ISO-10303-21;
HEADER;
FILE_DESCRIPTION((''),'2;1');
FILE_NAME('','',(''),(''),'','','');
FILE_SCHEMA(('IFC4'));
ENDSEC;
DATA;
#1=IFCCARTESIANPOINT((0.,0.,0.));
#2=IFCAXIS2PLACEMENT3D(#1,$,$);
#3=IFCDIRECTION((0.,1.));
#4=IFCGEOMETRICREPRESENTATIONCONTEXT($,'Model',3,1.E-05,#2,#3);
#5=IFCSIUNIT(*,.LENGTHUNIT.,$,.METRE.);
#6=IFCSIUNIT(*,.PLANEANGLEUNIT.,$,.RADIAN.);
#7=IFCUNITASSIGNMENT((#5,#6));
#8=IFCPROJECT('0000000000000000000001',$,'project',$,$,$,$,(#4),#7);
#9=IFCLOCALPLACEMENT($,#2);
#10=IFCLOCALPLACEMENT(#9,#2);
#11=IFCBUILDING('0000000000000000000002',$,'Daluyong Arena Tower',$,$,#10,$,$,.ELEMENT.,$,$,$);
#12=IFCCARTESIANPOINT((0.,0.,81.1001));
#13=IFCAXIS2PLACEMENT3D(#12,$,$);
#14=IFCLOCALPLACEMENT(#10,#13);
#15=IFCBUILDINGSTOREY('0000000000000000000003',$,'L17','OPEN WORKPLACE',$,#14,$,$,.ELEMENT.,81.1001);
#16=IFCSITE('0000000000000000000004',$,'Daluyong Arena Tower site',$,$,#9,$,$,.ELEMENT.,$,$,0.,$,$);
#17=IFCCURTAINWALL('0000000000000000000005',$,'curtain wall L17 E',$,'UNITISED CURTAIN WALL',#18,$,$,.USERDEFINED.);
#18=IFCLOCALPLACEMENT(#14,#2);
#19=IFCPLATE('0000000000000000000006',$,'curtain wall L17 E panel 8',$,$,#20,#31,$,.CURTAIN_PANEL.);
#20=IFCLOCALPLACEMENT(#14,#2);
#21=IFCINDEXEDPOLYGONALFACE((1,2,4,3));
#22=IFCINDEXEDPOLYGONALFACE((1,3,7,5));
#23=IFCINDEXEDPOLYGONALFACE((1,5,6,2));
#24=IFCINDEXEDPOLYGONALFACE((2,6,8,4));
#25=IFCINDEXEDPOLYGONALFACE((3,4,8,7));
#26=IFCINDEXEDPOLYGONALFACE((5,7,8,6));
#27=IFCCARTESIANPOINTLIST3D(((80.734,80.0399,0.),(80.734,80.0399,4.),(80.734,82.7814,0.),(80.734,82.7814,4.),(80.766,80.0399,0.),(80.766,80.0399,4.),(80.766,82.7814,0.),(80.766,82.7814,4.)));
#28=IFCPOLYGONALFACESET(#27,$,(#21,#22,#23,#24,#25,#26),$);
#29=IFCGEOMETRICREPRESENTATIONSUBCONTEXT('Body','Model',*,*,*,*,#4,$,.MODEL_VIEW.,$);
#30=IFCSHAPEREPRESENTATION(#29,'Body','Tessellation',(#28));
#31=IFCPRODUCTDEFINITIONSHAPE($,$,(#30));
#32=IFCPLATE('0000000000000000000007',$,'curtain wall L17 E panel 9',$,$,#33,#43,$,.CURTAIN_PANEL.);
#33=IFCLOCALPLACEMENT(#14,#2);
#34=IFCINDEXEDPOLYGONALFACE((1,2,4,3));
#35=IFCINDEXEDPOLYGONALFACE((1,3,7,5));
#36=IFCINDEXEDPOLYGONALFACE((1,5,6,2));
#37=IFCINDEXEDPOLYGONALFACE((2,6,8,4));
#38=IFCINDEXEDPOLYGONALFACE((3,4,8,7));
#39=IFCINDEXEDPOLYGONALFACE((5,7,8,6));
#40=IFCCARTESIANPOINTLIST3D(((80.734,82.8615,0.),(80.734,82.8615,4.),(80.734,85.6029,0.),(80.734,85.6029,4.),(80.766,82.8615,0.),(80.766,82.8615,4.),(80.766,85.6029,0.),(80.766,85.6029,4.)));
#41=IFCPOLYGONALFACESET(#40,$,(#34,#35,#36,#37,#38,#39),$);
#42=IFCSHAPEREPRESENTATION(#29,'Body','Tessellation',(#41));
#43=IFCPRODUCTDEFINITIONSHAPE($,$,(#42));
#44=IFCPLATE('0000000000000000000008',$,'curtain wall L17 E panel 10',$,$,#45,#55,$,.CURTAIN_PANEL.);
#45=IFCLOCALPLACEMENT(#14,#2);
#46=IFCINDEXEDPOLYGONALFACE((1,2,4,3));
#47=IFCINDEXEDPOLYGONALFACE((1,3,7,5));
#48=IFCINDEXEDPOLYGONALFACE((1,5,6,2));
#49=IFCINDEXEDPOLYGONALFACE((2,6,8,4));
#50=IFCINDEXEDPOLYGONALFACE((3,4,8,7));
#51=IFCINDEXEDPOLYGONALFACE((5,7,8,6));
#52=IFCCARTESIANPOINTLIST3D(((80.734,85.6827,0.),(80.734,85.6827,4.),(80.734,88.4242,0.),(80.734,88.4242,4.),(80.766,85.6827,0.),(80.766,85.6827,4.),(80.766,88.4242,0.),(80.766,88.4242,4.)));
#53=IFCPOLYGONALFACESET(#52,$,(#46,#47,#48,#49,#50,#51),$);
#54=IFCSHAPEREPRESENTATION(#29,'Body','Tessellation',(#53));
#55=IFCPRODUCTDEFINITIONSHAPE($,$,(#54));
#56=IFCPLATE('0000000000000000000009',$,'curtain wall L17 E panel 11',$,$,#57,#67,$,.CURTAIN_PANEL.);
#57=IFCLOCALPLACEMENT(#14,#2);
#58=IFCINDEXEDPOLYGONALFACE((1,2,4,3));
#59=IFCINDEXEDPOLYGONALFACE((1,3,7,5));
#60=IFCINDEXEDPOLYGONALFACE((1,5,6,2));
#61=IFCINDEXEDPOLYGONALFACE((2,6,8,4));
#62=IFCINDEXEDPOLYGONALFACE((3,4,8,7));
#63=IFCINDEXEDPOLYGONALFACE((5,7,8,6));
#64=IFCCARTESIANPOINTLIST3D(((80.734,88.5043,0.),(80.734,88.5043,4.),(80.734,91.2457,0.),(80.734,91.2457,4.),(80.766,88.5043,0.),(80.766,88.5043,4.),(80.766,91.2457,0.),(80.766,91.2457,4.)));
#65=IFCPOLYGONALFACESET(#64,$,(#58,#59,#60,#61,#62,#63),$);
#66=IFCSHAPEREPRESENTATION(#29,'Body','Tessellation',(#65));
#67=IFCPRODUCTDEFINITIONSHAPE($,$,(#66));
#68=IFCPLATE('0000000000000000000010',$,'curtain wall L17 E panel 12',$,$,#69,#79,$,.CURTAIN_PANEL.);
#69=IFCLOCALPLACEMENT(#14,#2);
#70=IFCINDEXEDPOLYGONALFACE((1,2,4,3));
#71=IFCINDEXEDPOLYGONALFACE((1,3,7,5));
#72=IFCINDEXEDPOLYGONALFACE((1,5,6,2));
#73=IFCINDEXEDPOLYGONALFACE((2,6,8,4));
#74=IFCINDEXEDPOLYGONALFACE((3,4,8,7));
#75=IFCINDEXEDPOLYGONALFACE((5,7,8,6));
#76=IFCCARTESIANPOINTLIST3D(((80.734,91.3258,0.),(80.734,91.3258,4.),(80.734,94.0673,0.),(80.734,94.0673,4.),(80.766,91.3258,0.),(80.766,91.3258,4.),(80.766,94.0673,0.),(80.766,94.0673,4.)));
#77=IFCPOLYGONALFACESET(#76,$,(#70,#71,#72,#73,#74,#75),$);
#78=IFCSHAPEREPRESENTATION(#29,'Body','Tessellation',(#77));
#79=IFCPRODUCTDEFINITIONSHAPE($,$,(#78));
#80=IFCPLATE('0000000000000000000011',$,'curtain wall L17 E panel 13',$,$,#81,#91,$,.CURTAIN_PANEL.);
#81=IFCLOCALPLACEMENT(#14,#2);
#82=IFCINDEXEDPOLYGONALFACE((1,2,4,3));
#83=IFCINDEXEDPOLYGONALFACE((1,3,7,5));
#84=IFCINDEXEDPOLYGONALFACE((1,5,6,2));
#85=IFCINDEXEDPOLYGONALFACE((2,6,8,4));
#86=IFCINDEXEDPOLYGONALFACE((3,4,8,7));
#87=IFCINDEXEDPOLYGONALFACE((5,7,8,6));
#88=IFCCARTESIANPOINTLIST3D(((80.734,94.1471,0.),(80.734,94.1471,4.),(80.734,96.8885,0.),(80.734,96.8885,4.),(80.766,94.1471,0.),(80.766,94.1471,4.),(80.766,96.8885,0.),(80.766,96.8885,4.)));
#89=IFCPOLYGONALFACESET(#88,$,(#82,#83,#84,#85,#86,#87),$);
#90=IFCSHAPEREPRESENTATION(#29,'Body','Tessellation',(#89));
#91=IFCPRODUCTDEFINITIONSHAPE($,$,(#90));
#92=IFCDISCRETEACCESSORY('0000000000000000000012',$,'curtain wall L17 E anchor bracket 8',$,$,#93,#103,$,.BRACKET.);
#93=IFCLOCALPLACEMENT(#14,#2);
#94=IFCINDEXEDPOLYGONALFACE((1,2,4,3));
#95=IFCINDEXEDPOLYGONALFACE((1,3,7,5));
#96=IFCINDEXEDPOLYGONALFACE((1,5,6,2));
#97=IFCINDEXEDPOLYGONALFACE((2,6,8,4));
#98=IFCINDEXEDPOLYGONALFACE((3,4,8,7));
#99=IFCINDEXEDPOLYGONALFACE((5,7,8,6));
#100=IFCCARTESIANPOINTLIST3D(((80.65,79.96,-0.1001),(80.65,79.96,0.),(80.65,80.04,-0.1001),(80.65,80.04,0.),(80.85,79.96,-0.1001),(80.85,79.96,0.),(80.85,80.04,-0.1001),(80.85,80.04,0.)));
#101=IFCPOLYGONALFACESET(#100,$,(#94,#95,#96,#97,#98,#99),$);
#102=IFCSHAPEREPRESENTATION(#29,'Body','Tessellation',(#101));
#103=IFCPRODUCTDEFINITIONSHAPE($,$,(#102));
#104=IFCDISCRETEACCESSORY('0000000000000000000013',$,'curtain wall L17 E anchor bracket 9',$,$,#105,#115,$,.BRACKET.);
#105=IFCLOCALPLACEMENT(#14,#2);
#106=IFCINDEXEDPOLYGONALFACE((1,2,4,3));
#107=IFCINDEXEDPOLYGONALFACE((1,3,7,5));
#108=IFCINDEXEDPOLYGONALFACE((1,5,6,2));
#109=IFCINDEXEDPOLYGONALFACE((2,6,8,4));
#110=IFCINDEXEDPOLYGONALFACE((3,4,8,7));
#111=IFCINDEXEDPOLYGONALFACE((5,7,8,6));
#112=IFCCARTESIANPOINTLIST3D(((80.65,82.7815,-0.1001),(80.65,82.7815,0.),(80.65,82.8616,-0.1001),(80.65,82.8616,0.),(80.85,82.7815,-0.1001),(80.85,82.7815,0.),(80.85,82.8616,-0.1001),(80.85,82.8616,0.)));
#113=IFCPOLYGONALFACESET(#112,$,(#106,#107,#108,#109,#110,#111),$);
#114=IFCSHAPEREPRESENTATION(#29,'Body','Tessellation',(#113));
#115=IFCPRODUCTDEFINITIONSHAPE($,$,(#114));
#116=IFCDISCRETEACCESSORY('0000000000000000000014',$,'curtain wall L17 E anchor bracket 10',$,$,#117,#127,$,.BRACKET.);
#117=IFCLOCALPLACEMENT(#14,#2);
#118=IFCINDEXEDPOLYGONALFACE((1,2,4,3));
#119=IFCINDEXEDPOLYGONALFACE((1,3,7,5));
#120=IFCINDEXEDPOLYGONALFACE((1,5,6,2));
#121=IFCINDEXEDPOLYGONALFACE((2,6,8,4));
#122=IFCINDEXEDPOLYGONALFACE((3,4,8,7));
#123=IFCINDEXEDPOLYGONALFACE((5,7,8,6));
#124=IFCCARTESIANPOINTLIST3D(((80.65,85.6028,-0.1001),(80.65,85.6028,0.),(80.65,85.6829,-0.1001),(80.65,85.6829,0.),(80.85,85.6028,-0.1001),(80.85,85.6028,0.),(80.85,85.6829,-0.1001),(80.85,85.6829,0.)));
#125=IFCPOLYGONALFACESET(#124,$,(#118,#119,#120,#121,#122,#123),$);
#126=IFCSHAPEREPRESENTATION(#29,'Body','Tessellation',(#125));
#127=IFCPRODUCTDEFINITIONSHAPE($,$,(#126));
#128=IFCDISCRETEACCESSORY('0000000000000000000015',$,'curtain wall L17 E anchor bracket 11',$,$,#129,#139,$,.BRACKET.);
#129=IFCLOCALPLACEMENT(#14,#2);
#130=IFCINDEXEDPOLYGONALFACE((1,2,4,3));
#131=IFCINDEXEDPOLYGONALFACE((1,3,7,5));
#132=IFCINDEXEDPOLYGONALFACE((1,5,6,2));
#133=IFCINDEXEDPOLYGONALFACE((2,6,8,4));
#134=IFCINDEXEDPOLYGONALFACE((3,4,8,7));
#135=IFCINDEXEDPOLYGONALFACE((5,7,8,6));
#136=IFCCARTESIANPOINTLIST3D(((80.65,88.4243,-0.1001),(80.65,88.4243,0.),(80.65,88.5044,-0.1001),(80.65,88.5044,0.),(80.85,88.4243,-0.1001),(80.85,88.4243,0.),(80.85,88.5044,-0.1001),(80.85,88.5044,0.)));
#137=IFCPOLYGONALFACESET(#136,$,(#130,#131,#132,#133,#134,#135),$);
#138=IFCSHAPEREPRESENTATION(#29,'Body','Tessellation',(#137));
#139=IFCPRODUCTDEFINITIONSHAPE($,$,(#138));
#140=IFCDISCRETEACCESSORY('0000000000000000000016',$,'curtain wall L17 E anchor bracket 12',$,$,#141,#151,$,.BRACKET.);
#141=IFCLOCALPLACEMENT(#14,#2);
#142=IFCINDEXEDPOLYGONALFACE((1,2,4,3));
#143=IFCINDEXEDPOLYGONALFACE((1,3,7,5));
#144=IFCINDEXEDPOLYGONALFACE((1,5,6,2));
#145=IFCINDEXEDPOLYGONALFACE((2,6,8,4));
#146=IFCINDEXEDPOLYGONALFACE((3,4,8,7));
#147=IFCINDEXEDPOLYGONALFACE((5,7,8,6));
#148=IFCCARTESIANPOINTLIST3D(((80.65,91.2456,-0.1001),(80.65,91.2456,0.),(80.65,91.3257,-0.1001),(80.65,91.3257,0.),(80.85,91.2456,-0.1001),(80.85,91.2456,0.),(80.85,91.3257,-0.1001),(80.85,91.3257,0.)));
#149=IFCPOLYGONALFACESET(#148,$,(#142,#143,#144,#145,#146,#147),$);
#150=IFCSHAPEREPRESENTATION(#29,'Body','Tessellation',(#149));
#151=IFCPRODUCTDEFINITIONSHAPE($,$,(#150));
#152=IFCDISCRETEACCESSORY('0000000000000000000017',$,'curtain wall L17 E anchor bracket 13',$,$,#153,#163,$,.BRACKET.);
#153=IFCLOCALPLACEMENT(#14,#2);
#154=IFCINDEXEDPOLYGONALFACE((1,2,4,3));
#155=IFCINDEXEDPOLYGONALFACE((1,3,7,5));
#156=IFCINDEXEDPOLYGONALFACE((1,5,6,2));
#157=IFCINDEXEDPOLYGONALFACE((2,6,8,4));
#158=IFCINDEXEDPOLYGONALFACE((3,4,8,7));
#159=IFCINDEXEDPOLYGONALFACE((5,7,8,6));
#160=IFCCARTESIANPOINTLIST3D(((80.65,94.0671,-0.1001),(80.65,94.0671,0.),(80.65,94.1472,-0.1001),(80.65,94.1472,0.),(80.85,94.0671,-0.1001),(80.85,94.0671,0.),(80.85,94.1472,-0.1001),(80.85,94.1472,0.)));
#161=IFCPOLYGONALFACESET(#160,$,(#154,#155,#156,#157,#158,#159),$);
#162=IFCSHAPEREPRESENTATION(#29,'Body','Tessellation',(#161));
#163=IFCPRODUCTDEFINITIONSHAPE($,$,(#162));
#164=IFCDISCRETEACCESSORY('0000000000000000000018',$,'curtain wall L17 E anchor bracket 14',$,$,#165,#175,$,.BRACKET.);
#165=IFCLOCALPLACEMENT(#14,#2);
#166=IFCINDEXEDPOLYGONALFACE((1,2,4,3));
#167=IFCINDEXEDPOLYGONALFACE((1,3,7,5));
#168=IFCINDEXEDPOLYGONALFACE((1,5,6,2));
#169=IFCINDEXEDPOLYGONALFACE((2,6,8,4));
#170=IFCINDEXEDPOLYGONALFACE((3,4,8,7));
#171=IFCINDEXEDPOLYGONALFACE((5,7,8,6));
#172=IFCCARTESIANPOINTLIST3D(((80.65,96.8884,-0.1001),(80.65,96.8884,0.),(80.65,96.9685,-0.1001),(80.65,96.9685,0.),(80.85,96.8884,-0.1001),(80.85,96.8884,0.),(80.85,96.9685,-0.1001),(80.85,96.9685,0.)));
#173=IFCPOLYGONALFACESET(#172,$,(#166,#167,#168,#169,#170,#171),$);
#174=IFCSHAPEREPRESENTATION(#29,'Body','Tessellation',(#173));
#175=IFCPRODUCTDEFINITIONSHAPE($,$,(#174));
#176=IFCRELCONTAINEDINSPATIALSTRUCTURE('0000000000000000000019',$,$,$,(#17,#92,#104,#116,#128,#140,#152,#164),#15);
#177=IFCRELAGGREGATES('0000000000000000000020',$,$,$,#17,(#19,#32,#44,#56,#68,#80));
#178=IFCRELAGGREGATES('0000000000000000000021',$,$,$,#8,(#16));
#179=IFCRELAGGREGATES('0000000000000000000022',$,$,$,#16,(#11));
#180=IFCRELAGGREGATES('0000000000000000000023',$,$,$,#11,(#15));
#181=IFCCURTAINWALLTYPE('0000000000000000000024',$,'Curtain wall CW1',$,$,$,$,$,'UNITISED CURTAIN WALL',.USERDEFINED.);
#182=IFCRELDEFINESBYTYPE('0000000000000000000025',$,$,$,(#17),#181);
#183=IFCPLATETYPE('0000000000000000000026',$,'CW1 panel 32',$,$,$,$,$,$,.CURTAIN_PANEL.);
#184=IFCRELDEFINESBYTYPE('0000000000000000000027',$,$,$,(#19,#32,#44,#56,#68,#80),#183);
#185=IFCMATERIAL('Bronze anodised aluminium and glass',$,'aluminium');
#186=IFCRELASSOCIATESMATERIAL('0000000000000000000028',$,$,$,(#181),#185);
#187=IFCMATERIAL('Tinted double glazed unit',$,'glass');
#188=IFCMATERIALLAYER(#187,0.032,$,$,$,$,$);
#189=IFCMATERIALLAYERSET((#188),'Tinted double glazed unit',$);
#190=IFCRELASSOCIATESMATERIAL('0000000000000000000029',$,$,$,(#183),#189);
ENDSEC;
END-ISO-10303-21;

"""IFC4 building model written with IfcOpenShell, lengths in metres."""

from ifc_helpers import new_model, si_unit, direction, frame, origin, origin_2d, place, context, subcontext, project, spatial, rectangle, extrude, material, layer, layer_set, type_object, element, aggregate, save


model = new_model("IFC4")

# Units and contexts
model_context = context("Model", 3, precision=1e-05, world=origin(), true_north=direction((0.0, 1.0)))
body_context = subcontext(model_context, "Body", "Model", "MODEL_VIEW")
ifc_project = project(units=[si_unit("LENGTHUNIT", "METRE"), si_unit("PLANEANGLEUNIT", "RADIAN")], contexts=[model_context])

# Site, building, storey
site_placement = place(None, origin())
site = spatial("IfcSite", under=ifc_project, at=site_placement, Name="Daluyong Arena Tower site", CompositionType="ELEMENT", RefElevation=0.0)
building_placement = place(site_placement, origin())
building = spatial("IfcBuilding", under=site, at=building_placement, Name="Daluyong Arena Tower", CompositionType="ELEMENT")
storey_placement = place(building_placement, frame((0.0, 0.0, 81.1001)))
storey = spatial("IfcBuildingStorey", under=building, at=storey_placement, Name="L17", Description="OPEN WORKPLACE", CompositionType="ELEMENT", Elevation=81.1001)

# Curtain wall
ifc_material_1 = material(Name="Bronze anodised aluminium and glass", Category="aluminium")
curtain_wall_type = type_object("IfcCurtainWallType", Name="Curtain wall CW1", ElementType="UNITISED CURTAIN WALL", PredefinedType="USERDEFINED", material=ifc_material_1)
curtain_wall_placement = place(storey_placement, origin())
curtain_wall = element("IfcCurtainWall", 1, at=curtain_wall_placement, inside=storey, type_object=curtain_wall_type, Name="curtain wall L17 E", ObjectType="UNITISED CURTAIN WALL", PredefinedType="USERDEFINED")

# Plates
ifc_material_2 = material(Name="Tinted double glazed unit", Category="glass")
ifc_layer = layer(ifc_material_2, 0.032)
ifc_layer_set = layer_set([ifc_layer], Name="Tinted double glazed unit")
plate_type = type_object("IfcPlateType", Name="CW1 panel 32", PredefinedType="CURTAIN_PANEL", material=ifc_layer_set)
plate_1_placement = place(storey_placement, frame((80.75, 81.4106, 0.0), z_axis=(0.0, 0.0, 1.0), x_axis=(0.0, 1.0, 0.0)))
plate_1 = element("IfcPlate", 2, at=plate_1_placement, type_object=plate_type, Name="curtain wall L17 E panel 8", PredefinedType="CURTAIN_PANEL", context=body_context, shape_type="SweptSolid", body=[
    extrude(rectangle(XDim=2.7415, YDim=0.032, at=origin_2d()), origin(), (0.0, 0.0, 1.0), 4.0),
])
plate_2_placement = place(storey_placement, frame((80.75, 84.2322, 0.0), z_axis=(0.0, 0.0, 1.0), x_axis=(0.0, 1.0, 0.0)))
plate_2 = element("IfcPlate", 3, at=plate_2_placement, type_object=plate_type, Name="curtain wall L17 E panel 9", PredefinedType="CURTAIN_PANEL", context=body_context, shape_type="SweptSolid", body=[
    extrude(rectangle(XDim=2.7415, YDim=0.032, at=origin_2d()), origin(), (0.0, 0.0, 1.0), 4.0),
])
plate_3_placement = place(storey_placement, frame((80.75, 87.0535, 0.0), z_axis=(0.0, 0.0, 1.0), x_axis=(0.0, 1.0, 0.0)))
plate_3 = element("IfcPlate", 4, at=plate_3_placement, type_object=plate_type, Name="curtain wall L17 E panel 10", PredefinedType="CURTAIN_PANEL", context=body_context, shape_type="SweptSolid", body=[
    extrude(rectangle(XDim=2.7415, YDim=0.032, at=origin_2d()), origin(), (0.0, 0.0, 1.0), 4.0),
])
plate_4_placement = place(storey_placement, frame((80.75, 89.875, 0.0), z_axis=(0.0, 0.0, 1.0), x_axis=(0.0, 1.0, 0.0)))
plate_4 = element("IfcPlate", 5, at=plate_4_placement, type_object=plate_type, Name="curtain wall L17 E panel 11", PredefinedType="CURTAIN_PANEL", context=body_context, shape_type="SweptSolid", body=[
    extrude(rectangle(XDim=2.7415, YDim=0.032, at=origin_2d()), origin(), (0.0, 0.0, 1.0), 4.0),
])
plate_5_placement = place(storey_placement, frame((80.75, 92.6965, 0.0), z_axis=(0.0, 0.0, 1.0), x_axis=(0.0, 1.0, 0.0)))
plate_5 = element("IfcPlate", 6, at=plate_5_placement, type_object=plate_type, Name="curtain wall L17 E panel 12", PredefinedType="CURTAIN_PANEL", context=body_context, shape_type="SweptSolid", body=[
    extrude(rectangle(XDim=2.7415, YDim=0.032, at=origin_2d()), origin(), (0.0, 0.0, 1.0), 4.0),
])
plate_6_placement = place(storey_placement, frame((80.75, 95.5178, 0.0), z_axis=(0.0, 0.0, 1.0), x_axis=(0.0, 1.0, 0.0)))
plate_6 = element("IfcPlate", 7, at=plate_6_placement, type_object=plate_type, Name="curtain wall L17 E panel 13", PredefinedType="CURTAIN_PANEL", context=body_context, shape_type="SweptSolid", body=[
    extrude(rectangle(XDim=2.7415, YDim=0.032, at=origin_2d()), origin(), (0.0, 0.0, 1.0), 4.0),
])
aggregate(curtain_wall, [plate_1, plate_2, plate_3, plate_4, plate_5, plate_6])

# Discrete accessories
for number, where, z_axis, x_axis, name in (
    (8, (80.75, 80.0, -0.1001), (0.0, 0.0, 1.0), (0.0, 1.0, 0.0), "curtain wall L17 E anchor bracket 8"),
    (9, (80.75, 82.8215, -0.1001), (0.0, 0.0, 1.0), (0.0, 1.0, 0.0), "curtain wall L17 E anchor bracket 9"),
    (10, (80.75, 85.6428, -0.1001), (0.0, 0.0, 1.0), (0.0, 1.0, 0.0), "curtain wall L17 E anchor bracket 10"),
    (11, (80.75, 88.4644, -0.1001), (0.0, 0.0, 1.0), (0.0, 1.0, 0.0), "curtain wall L17 E anchor bracket 11"),
    (12, (80.75, 91.2856, -0.1001), (0.0, 0.0, 1.0), (0.0, 1.0, 0.0), "curtain wall L17 E anchor bracket 12"),
    (13, (80.75, 94.1072, -0.1001), (0.0, 0.0, 1.0), (0.0, 1.0, 0.0), "curtain wall L17 E anchor bracket 13"),
    (14, (80.75, 96.9285, -0.1001), (0.0, 0.0, 1.0), (0.0, 1.0, 0.0), "curtain wall L17 E anchor bracket 14"),
):
    element("IfcDiscreteAccessory", number, at=place(storey_placement, frame(where, z_axis=z_axis, x_axis=x_axis)), inside=storey, Name=name, PredefinedType="BRACKET", context=body_context, shape_type="SweptSolid", body=[
        extrude(rectangle(XDim=0.0801, YDim=0.2, at=origin_2d()), origin(), (0.0, 0.0, 1.0), 0.1001),
    ])

save(model, "model.ifc")
